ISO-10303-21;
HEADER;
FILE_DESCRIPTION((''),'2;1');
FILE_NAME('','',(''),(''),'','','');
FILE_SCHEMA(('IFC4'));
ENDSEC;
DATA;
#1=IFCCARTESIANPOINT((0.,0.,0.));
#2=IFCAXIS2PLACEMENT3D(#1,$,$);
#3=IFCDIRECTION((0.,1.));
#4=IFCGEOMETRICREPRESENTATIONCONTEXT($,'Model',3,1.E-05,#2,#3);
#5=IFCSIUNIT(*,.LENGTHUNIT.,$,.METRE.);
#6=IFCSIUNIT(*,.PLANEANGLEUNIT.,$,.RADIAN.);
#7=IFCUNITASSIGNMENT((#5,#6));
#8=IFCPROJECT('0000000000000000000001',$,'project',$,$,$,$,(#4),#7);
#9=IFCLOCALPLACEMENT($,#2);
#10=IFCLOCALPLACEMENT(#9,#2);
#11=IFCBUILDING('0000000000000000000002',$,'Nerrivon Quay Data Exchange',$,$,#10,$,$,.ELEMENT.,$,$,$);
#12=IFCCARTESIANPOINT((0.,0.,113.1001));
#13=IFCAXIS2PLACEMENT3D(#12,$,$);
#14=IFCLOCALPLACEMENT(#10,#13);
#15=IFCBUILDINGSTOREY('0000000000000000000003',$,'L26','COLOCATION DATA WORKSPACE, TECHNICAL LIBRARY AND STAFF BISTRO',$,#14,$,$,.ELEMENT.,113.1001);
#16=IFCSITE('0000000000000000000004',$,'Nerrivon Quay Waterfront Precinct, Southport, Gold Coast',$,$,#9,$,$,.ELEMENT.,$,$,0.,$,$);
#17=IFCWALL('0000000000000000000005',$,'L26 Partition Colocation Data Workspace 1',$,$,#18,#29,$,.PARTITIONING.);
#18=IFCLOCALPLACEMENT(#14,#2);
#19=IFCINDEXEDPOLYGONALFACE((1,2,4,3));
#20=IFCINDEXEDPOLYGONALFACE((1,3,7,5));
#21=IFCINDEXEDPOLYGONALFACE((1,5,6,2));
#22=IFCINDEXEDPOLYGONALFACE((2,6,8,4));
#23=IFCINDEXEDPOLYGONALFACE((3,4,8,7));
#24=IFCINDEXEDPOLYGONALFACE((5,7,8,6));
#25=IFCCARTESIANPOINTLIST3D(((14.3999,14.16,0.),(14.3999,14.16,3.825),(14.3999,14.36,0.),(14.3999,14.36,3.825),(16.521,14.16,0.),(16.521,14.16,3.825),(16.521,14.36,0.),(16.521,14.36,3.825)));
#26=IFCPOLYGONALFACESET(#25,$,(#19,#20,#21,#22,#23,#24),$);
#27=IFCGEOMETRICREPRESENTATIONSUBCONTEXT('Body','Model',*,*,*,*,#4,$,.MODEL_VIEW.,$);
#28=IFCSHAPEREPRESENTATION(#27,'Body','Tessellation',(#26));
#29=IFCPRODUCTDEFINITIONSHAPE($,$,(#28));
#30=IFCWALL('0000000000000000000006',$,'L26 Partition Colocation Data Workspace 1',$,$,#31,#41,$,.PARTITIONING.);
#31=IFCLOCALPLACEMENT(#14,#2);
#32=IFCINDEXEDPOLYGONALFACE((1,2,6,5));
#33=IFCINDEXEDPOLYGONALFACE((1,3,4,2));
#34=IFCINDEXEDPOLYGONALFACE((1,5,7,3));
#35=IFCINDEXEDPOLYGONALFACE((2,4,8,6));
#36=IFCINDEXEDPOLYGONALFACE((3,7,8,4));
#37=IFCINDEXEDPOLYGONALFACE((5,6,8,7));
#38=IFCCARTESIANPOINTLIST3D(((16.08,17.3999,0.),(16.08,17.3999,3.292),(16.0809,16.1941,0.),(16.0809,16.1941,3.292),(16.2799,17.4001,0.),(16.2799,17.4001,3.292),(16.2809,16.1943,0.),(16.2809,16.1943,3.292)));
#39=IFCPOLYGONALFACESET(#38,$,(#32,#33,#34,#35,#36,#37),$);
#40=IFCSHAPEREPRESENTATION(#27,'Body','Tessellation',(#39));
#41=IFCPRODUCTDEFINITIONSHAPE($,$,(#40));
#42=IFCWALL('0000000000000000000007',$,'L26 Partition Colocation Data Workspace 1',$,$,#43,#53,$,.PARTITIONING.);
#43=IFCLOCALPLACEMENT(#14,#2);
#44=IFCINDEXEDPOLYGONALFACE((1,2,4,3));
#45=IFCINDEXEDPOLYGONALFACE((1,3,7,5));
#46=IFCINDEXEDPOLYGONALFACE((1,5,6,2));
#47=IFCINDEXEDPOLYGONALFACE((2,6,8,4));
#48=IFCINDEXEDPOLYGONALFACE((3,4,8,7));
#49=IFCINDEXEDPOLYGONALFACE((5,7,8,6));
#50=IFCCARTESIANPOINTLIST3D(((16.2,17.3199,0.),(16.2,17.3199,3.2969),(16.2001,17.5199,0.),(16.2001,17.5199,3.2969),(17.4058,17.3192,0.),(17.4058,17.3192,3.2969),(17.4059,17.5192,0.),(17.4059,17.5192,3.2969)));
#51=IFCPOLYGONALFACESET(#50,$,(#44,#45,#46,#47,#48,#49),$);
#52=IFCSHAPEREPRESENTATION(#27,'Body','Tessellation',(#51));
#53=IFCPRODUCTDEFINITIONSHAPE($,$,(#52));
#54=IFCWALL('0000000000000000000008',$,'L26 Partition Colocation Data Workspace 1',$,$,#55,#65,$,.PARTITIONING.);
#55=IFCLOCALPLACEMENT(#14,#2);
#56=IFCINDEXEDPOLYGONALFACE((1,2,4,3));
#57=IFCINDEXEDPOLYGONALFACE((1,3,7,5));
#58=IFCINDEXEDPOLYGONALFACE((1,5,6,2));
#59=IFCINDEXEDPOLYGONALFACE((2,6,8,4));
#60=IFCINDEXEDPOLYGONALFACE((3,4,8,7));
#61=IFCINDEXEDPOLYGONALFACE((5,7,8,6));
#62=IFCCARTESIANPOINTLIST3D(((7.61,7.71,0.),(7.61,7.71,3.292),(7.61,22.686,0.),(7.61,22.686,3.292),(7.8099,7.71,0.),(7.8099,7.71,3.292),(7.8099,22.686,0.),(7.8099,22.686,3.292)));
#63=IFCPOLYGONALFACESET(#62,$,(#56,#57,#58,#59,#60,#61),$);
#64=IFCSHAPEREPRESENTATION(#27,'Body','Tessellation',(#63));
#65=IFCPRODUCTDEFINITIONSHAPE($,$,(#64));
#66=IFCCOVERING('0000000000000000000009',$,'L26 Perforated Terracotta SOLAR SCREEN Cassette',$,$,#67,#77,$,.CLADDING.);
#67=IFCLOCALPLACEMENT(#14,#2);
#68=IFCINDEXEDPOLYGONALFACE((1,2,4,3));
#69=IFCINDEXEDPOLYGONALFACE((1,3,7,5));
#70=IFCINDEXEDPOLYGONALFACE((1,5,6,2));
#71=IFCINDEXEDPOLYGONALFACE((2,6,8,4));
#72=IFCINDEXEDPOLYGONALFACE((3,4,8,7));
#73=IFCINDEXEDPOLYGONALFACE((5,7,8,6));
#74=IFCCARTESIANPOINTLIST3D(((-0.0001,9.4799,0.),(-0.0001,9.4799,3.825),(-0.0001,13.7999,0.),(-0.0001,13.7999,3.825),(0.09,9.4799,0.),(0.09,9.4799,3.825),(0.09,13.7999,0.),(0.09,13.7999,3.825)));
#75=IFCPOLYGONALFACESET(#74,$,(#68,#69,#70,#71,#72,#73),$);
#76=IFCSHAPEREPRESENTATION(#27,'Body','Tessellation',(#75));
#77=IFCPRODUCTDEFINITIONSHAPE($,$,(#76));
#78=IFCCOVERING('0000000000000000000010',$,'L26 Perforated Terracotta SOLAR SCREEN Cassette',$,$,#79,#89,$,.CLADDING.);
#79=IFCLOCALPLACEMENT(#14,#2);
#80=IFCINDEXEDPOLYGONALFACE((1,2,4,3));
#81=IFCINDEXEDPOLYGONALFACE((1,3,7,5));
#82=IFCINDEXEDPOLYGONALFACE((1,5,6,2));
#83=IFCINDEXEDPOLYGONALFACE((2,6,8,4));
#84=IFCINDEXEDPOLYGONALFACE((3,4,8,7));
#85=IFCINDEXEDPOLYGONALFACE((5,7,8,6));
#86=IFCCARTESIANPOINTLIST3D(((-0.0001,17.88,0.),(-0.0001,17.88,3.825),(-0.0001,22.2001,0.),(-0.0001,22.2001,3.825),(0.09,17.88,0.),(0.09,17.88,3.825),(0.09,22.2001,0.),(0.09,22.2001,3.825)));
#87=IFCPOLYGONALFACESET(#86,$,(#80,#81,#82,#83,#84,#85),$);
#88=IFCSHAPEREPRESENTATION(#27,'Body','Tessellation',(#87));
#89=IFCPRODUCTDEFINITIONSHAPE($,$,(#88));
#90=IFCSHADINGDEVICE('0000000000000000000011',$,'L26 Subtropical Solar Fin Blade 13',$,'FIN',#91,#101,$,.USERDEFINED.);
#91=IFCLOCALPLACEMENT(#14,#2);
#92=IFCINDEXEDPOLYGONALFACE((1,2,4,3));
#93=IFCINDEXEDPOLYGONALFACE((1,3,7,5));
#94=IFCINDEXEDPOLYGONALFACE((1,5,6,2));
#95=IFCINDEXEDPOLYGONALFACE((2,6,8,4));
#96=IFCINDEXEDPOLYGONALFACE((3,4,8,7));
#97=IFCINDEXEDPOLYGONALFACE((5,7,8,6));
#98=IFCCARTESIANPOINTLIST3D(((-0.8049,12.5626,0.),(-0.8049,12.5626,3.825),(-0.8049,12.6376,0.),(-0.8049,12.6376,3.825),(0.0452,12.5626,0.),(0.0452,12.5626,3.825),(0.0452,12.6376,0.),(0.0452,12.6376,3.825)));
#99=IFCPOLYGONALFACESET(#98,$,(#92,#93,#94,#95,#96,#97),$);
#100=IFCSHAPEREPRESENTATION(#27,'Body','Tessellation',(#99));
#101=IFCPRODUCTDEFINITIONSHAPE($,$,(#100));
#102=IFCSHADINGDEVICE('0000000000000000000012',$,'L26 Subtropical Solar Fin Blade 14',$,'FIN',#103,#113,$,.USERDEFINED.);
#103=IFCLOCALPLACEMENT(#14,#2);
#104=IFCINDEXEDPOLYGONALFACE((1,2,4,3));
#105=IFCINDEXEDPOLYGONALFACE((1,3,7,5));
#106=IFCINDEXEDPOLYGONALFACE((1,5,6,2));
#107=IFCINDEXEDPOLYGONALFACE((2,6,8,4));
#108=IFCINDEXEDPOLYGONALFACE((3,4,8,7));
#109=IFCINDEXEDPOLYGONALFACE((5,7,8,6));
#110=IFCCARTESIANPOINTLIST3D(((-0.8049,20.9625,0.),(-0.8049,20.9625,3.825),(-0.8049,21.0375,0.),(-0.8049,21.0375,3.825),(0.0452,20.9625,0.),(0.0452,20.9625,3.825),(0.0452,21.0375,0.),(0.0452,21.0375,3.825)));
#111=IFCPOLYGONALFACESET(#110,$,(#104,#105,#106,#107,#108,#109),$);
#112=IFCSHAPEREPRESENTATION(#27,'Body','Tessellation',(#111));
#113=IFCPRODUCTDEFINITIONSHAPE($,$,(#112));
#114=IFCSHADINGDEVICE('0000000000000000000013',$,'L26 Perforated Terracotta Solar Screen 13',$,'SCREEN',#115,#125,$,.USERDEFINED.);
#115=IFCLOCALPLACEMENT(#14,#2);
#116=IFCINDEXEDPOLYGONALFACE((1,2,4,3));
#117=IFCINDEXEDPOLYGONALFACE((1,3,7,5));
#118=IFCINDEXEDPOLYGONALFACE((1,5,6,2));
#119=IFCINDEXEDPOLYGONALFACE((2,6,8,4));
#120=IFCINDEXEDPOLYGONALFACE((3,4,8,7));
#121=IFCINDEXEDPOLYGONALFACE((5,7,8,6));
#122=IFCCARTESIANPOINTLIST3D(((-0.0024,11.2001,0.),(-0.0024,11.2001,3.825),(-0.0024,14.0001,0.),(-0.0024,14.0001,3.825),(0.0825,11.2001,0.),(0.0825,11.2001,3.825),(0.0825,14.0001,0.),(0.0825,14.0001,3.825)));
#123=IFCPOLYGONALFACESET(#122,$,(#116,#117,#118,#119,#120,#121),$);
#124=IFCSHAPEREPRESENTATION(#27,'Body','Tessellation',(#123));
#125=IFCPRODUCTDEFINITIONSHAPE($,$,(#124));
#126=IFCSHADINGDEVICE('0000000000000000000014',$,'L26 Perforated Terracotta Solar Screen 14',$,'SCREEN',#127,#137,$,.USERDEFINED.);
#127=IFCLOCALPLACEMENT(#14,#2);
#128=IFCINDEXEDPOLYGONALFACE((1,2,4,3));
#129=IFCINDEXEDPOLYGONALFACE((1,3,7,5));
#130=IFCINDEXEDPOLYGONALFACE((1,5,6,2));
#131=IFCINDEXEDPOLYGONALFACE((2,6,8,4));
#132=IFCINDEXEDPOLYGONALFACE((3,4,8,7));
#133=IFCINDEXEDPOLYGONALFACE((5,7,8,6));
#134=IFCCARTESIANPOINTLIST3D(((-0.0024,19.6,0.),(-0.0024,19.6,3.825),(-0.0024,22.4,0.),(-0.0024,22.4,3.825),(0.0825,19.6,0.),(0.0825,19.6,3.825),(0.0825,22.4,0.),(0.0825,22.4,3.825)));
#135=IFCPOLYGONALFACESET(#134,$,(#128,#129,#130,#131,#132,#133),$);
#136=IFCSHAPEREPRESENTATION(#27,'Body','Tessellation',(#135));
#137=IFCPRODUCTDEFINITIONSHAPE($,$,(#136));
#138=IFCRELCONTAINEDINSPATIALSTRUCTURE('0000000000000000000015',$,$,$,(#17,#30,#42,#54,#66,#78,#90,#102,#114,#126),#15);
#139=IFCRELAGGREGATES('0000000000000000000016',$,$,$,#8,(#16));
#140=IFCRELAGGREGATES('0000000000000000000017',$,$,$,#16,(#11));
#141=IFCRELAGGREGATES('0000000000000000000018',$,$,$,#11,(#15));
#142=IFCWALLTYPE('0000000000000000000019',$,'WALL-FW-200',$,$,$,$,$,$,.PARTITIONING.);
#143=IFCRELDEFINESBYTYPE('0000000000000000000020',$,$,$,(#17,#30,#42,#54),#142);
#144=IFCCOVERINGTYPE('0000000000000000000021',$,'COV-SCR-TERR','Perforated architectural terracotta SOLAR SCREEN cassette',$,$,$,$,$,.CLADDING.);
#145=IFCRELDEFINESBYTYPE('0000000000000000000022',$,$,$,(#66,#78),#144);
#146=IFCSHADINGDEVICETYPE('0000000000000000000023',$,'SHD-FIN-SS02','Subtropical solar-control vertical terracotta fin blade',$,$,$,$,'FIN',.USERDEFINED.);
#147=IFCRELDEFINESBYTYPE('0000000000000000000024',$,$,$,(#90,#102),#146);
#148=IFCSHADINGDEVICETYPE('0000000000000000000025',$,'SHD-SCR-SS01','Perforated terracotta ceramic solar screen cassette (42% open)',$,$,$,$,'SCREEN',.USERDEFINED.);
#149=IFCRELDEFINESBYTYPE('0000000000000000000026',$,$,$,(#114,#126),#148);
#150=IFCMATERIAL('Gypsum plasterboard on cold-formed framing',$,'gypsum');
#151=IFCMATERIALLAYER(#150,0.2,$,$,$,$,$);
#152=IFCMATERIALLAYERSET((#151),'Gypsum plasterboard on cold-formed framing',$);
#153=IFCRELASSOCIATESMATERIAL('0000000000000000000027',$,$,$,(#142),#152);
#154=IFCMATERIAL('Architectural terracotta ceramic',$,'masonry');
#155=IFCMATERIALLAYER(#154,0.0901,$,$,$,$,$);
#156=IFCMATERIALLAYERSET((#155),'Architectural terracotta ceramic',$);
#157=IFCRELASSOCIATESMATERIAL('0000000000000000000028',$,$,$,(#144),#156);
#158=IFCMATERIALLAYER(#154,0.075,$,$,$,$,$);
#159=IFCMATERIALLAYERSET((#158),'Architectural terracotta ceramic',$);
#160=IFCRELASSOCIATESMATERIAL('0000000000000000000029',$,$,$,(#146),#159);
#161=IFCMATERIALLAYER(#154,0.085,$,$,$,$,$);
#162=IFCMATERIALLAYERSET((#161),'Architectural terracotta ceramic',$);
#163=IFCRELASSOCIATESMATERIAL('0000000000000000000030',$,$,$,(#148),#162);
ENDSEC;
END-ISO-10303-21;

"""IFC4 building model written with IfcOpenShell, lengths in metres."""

from ifc_helpers import new_model, si_unit, direction, frame, frame_2d, origin, origin_2d, place, context, subcontext, project, spatial, rectangle, extrude, material, layer, layer_set, type_object, element, save


model = new_model("IFC4")

# Units and contexts
model_context = context("Model", 3, precision=1e-05, world=origin(), true_north=direction((0.0, 1.0)))
body_context = subcontext(model_context, "Body", "Model", "MODEL_VIEW")
ifc_project = project(units=[si_unit("LENGTHUNIT", "METRE"), si_unit("PLANEANGLEUNIT", "RADIAN")], contexts=[model_context])

# Site, building, storey
site_placement = place(None, origin())
site = spatial("IfcSite", under=ifc_project, at=site_placement, Name="Nerrivon Quay Waterfront Precinct, Southport, Gold Coast", CompositionType="ELEMENT", RefElevation=0.0)
building_placement = place(site_placement, origin())
building = spatial("IfcBuilding", under=site, at=building_placement, Name="Nerrivon Quay Data Exchange", CompositionType="ELEMENT")
storey_placement = place(building_placement, frame((0.0, 0.0, 113.1001)))
storey = spatial("IfcBuildingStorey", under=building, at=storey_placement, Name="L26", Description="COLOCATION DATA WORKSPACE, TECHNICAL LIBRARY AND STAFF BISTRO", CompositionType="ELEMENT", Elevation=113.1001)

# Walls
ifc_material_1 = material(Name="Gypsum plasterboard on cold-formed framing", Category="gypsum")
ifc_layer_1 = layer(ifc_material_1, 0.2)
ifc_layer_set_1 = layer_set([ifc_layer_1], Name="Gypsum plasterboard on cold-formed framing")
wall_type = type_object("IfcWallType", Name="WALL-FW-200", PredefinedType="PARTITIONING", material=ifc_layer_set_1)
wall_1_placement = place(storey_placement, frame((14.3999, 14.26, 0.0), z_axis=(0.0, 0.0, 1.0), x_axis=(1.0, 0.0, 0.0)))
element("IfcWall", 1, at=wall_1_placement, inside=storey, type_object=wall_type, Name="L26 Partition Colocation Data Workspace 1", PredefinedType="PARTITIONING", context=body_context, shape_type="SweptSolid", body=[
    extrude(rectangle(XDim=2.1211, YDim=0.2, at=frame_2d((1.0605, 0.0))), origin(), (0.0, 0.0, 1.0), 3.825),
])
wall_2_placement = place(storey_placement, frame((16.1809, 16.1941, 0.0), z_axis=(0.0, 0.0, 1.0), x_axis=(-0.00081, 1.0, 0.0)))
element("IfcWall", 2, at=wall_2_placement, inside=storey, type_object=wall_type, Name="L26 Partition Colocation Data Workspace 1", PredefinedType="PARTITIONING", context=body_context, shape_type="SweptSolid", body=[
    extrude(rectangle(XDim=1.2058, YDim=0.2, at=frame_2d((0.603, 0.0))), origin(), (0.0, 0.0, 1.0), 3.292),
])
wall_3_placement = place(storey_placement, frame((16.2, 17.4199, 0.0), z_axis=(0.0, 0.0, 1.0), x_axis=(1.0, -0.000607, 0.0)))
element("IfcWall", 3, at=wall_3_placement, inside=storey, type_object=wall_type, Name="L26 Partition Colocation Data Workspace 1", PredefinedType="PARTITIONING", context=body_context, shape_type="SweptSolid", body=[
    extrude(rectangle(XDim=1.2058, YDim=0.2, at=frame_2d((0.603, 0.0))), origin(), (0.0, 0.0, 1.0), 3.2969),
])
wall_4_placement = place(storey_placement, frame((7.71, 22.686, 0.0), z_axis=(0.0, 0.0, 1.0), x_axis=(0.0, -1.0, 0.0)))
element("IfcWall", 4, at=wall_4_placement, inside=storey, type_object=wall_type, Name="L26 Partition Colocation Data Workspace 1", PredefinedType="PARTITIONING", context=body_context, shape_type="SweptSolid", body=[
    extrude(rectangle(XDim=14.9761, YDim=0.2, at=frame_2d((7.488, 0.0))), origin(), (0.0, 0.0, 1.0), 3.292),
])

# Coverings
ifc_material_2 = material(Name="Architectural terracotta ceramic", Category="masonry")
ifc_layer_2 = layer(ifc_material_2, 0.0901)
ifc_layer_set_2 = layer_set([ifc_layer_2], Name="Architectural terracotta ceramic")
covering_type = type_object("IfcCoveringType", Name="COV-SCR-TERR", Description="Perforated architectural terracotta SOLAR SCREEN cassette", PredefinedType="CLADDING", material=ifc_layer_set_2)
for number, where, z_axis, x_axis, name in (
    (5, (0.0449, 11.6399, 0.0), (0.0, 0.0, 1.0), (0.0, 1.0, 0.0), "L26 Perforated Terracotta SOLAR SCREEN Cassette"),
    (6, (0.0449, 20.04, 0.0), (0.0, 0.0, 1.0), (0.0, 1.0, 0.0), "L26 Perforated Terracotta SOLAR SCREEN Cassette"),
):
    element("IfcCovering", number, at=place(storey_placement, frame(where, z_axis=z_axis, x_axis=x_axis)), inside=storey, type_object=covering_type, Name=name, PredefinedType="CLADDING", context=body_context, shape_type="SweptSolid", body=[
        extrude(rectangle(XDim=4.3201, YDim=0.0901, at=origin_2d()), origin(), (0.0, 0.0, 1.0), 3.825),
    ])

# Shading devices
ifc_layer_3 = layer(ifc_material_2, 0.075)
ifc_layer_set_3 = layer_set([ifc_layer_3], Name="Architectural terracotta ceramic")
shading_device_type_1 = type_object("IfcShadingDeviceType", Name="SHD-FIN-SS02", Description="Subtropical solar-control vertical terracotta fin blade", ElementType="FIN", PredefinedType="USERDEFINED", material=ifc_layer_set_3)
for number, where, z_axis, x_axis, name in (
    (7, (-0.3799, 12.6001, 0.0), (0.0, 0.0, 1.0), (0.0, 1.0, 0.0), "L26 Subtropical Solar Fin Blade 13"),
    (8, (-0.3799, 21.0, 0.0), (0.0, 0.0, 1.0), (0.0, 1.0, 0.0), "L26 Subtropical Solar Fin Blade 14"),
):
    element("IfcShadingDevice", number, at=place(storey_placement, frame(where, z_axis=z_axis, x_axis=x_axis)), inside=storey, type_object=shading_device_type_1, Name=name, ObjectType="FIN", PredefinedType="USERDEFINED", context=body_context, shape_type="SweptSolid", body=[
        extrude(rectangle(XDim=0.075, YDim=0.8501, at=origin_2d()), origin(), (0.0, 0.0, 1.0), 3.825),
    ])
ifc_layer_4 = layer(ifc_material_2, 0.085)
ifc_layer_set_4 = layer_set([ifc_layer_4], Name="Architectural terracotta ceramic")
shading_device_type_2 = type_object("IfcShadingDeviceType", Name="SHD-SCR-SS01", Description="Perforated terracotta ceramic solar screen cassette (42% open)", ElementType="SCREEN", PredefinedType="USERDEFINED", material=ifc_layer_set_4)
for number, where, z_axis, x_axis, name in (
    (9, (0.04, 12.6001, 0.0), (0.0, 0.0, 1.0), (0.0, 1.0, 0.0), "L26 Perforated Terracotta Solar Screen 13"),
    (10, (0.04, 21.0, 0.0), (0.0, 0.0, 1.0), (0.0, 1.0, 0.0), "L26 Perforated Terracotta Solar Screen 14"),
):
    element("IfcShadingDevice", number, at=place(storey_placement, frame(where, z_axis=z_axis, x_axis=x_axis)), inside=storey, type_object=shading_device_type_2, Name=name, ObjectType="SCREEN", PredefinedType="USERDEFINED", context=body_context, shape_type="SweptSolid", body=[
        extrude(rectangle(XDim=2.8, YDim=0.085, at=origin_2d()), origin(), (0.0, 0.0, 1.0), 3.825),
    ])

save(model, "model.ifc")
